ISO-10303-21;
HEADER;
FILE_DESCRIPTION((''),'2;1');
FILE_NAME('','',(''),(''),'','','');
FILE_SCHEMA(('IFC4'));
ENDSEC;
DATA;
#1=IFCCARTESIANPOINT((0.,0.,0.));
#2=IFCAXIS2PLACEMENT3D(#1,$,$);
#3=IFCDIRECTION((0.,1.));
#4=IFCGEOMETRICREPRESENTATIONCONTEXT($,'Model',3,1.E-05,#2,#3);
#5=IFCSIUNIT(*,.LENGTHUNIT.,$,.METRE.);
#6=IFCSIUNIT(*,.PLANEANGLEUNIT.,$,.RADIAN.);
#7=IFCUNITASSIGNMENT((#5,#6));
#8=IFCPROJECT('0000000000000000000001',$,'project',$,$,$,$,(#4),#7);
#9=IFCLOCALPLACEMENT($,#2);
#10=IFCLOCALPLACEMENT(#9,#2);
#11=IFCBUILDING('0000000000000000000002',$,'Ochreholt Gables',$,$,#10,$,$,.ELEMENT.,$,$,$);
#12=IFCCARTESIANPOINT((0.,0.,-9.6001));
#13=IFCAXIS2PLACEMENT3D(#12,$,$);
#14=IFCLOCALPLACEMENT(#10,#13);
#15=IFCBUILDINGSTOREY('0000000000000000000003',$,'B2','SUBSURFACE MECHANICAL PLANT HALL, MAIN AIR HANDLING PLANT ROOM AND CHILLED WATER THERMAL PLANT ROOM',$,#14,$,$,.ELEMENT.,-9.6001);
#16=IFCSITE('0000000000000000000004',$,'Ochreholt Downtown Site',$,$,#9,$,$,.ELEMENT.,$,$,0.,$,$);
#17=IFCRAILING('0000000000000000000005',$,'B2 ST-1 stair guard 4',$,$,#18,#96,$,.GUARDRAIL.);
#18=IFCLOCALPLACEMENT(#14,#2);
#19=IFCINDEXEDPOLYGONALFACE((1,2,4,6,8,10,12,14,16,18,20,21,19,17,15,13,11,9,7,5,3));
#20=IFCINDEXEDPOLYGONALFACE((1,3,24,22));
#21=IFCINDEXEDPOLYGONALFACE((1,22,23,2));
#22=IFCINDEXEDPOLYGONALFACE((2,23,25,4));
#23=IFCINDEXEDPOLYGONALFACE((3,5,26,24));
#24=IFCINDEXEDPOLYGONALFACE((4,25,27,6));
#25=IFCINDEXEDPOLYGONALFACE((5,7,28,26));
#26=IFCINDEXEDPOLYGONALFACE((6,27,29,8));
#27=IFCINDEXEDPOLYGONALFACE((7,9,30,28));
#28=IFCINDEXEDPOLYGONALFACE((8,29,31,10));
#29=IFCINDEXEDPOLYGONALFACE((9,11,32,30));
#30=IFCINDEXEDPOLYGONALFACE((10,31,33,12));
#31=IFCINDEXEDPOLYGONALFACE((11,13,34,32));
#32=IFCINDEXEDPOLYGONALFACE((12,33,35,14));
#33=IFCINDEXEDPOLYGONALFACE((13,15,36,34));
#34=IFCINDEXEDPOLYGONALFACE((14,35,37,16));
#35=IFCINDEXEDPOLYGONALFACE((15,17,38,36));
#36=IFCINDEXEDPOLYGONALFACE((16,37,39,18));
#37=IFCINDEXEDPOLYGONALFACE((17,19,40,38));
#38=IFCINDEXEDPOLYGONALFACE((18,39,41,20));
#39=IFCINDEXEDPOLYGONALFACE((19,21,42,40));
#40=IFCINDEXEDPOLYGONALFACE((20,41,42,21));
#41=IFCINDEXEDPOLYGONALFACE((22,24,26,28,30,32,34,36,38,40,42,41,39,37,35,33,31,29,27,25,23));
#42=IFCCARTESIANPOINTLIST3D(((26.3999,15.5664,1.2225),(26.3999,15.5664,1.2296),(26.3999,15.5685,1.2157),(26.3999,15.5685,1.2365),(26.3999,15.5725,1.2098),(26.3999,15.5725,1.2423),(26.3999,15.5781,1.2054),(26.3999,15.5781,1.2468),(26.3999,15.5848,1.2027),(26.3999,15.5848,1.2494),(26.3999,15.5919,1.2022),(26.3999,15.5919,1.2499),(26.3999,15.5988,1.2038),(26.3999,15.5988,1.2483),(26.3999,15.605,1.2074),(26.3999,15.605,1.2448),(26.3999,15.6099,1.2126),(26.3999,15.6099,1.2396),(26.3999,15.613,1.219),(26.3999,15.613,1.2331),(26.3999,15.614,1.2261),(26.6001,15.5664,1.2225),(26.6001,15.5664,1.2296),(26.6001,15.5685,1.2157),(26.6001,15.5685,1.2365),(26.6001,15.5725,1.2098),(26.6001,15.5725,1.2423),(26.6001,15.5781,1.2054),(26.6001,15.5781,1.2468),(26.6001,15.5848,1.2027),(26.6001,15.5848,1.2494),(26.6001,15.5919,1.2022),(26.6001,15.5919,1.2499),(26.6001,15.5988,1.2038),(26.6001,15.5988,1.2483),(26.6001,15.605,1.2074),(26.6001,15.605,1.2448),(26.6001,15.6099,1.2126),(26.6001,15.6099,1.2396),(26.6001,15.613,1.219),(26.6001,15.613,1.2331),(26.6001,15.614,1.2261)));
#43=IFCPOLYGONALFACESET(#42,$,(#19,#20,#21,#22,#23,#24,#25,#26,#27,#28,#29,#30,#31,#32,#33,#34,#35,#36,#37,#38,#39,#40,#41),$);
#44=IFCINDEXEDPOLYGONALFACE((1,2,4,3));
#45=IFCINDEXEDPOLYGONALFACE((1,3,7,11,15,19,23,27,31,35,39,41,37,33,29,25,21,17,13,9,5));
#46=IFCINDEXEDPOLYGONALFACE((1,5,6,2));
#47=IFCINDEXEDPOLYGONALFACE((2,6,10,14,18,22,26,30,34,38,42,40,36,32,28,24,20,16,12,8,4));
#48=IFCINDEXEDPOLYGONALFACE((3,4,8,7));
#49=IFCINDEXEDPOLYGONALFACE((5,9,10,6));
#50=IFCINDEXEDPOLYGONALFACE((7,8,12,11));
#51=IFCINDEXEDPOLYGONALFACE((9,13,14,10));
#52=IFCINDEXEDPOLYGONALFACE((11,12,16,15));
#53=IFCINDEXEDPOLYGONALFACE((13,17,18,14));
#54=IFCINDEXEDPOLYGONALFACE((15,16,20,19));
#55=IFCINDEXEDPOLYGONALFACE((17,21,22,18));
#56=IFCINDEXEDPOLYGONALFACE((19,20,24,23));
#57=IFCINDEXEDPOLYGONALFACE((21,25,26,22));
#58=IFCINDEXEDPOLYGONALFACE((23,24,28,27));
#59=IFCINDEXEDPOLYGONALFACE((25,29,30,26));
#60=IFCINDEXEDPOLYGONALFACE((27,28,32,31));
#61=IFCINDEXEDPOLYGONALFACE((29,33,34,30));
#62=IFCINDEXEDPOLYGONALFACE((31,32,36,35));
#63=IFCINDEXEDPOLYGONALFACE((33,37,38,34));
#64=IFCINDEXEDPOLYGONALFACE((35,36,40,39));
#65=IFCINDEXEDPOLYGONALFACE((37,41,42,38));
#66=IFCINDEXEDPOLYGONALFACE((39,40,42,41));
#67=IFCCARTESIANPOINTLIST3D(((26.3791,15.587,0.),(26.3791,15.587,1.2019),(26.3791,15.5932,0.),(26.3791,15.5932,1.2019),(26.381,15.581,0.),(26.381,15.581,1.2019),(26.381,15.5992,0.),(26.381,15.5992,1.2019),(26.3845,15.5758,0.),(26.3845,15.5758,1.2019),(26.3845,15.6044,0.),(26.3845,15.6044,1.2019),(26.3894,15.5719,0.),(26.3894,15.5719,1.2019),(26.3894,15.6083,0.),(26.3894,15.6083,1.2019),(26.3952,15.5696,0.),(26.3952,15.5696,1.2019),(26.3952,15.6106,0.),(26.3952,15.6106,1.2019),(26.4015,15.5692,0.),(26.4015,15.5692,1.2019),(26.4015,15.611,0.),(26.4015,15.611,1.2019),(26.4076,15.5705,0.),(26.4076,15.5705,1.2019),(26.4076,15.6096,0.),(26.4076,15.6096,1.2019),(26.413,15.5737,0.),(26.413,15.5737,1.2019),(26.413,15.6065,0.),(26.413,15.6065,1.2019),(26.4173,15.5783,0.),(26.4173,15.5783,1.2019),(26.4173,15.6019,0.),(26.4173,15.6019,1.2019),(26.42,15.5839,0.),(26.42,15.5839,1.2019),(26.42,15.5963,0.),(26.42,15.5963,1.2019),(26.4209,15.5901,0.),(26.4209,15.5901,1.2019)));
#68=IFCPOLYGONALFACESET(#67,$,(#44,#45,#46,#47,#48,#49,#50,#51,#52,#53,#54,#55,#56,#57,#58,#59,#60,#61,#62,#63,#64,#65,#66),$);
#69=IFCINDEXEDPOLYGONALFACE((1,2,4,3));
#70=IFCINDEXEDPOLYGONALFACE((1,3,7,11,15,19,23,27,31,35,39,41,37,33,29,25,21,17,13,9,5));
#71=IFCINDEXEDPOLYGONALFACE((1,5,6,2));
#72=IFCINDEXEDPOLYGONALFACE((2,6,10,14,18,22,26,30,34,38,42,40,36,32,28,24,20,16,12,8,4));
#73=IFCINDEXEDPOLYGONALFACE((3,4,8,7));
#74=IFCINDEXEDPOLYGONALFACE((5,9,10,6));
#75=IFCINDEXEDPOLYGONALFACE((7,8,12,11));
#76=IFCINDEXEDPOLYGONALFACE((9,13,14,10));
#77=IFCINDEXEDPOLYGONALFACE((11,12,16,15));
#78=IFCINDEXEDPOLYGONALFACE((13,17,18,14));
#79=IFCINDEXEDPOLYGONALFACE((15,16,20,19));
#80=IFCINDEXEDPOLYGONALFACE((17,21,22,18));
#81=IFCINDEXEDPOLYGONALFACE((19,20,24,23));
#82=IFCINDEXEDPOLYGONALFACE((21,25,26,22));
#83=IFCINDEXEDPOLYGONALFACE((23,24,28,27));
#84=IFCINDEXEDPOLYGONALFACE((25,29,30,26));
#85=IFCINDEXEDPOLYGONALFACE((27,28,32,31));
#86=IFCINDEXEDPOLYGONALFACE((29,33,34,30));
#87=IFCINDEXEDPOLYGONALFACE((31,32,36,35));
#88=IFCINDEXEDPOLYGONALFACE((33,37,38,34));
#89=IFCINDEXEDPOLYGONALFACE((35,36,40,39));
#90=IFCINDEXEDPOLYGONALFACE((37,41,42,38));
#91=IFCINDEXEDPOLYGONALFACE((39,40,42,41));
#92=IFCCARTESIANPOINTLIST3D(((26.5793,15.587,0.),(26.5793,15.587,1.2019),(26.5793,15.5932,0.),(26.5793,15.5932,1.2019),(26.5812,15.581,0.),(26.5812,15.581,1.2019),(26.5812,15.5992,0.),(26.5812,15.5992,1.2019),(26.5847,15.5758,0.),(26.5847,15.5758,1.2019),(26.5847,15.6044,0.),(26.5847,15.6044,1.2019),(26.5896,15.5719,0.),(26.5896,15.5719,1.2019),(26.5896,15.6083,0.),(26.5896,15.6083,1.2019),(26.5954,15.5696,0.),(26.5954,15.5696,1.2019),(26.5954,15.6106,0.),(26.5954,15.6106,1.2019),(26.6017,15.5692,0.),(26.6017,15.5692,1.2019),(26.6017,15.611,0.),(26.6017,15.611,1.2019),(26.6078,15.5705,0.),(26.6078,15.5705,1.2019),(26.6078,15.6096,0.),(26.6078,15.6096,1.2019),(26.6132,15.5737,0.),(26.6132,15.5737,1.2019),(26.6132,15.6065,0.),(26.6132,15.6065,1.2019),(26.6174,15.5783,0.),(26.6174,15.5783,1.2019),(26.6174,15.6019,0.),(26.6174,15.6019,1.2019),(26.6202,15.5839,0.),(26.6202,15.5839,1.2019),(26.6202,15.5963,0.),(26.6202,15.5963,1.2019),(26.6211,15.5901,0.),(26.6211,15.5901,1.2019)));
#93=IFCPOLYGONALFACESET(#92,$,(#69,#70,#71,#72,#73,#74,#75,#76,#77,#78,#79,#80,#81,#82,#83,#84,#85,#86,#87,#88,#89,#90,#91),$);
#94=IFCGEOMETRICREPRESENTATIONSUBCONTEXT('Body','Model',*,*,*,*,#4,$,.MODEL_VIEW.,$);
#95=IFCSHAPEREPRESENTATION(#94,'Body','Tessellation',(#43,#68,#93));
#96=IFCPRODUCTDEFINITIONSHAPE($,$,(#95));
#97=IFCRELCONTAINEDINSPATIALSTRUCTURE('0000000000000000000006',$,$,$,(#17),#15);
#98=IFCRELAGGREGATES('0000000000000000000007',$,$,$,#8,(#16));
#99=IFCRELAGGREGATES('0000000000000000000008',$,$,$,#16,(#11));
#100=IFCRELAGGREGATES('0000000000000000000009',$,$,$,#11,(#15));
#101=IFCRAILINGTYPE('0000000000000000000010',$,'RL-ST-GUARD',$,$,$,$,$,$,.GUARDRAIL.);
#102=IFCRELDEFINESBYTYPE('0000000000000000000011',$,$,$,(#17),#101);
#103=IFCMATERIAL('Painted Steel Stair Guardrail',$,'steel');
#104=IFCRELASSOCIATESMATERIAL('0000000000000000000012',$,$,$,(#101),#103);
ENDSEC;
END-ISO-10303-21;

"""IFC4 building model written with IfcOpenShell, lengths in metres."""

from ifc_helpers import new_model, si_unit, direction, frame, origin, origin_2d, place, context, subcontext, project, spatial, circle, extrude, material, type_object, element, save


model = new_model("IFC4")

# Units and contexts
model_context = context("Model", 3, precision=1e-05, world=origin(), true_north=direction((0.0, 1.0)))
body_context = subcontext(model_context, "Body", "Model", "MODEL_VIEW")
ifc_project = project(units=[si_unit("LENGTHUNIT", "METRE"), si_unit("PLANEANGLEUNIT", "RADIAN")], contexts=[model_context])

# Site, building, storey
site_placement = place(None, origin())
site = spatial("IfcSite", under=ifc_project, at=site_placement, Name="Ochreholt Downtown Site", CompositionType="ELEMENT", RefElevation=0.0)
building_placement = place(site_placement, origin())
building = spatial("IfcBuilding", under=site, at=building_placement, Name="Ochreholt Gables", CompositionType="ELEMENT")
storey_placement = place(building_placement, frame((0.0, 0.0, -9.6001)))
storey = spatial("IfcBuildingStorey", under=building, at=storey_placement, Name="B2", Description="SUBSURFACE MECHANICAL PLANT HALL, MAIN AIR HANDLING PLANT ROOM AND CHILLED WATER THERMAL PLANT ROOM", CompositionType="ELEMENT", Elevation=-9.6001)

# Railing
ifc_material_1 = material(Name="Painted Steel Stair Guardrail", Category="steel")
railing_type_1 = type_object("IfcRailingType", Name="RL-ST-GUARD", PredefinedType="GUARDRAIL", material=ifc_material_1)
railing_1_placement = place(storey_placement, frame((26.3999, 15.5901, 0.0)))
element("IfcRailing", 1, at=railing_1_placement, inside=storey, type_object=railing_type_1, Name="B2 ST-1 stair guard 4", PredefinedType="GUARDRAIL", context=body_context, shape_type="SweptSolid", body=[
    extrude(circle(Radius=0.0239, at=origin_2d()), frame((0.0, 0.0, 1.2261), z_axis=(1.0, 0.0, 0.0), x_axis=(0.0, 1.0, 0.0)), (0.0, 0.0, 1.0), 0.2002),
    extrude(circle(Radius=0.021, at=origin_2d()), origin(), (0.0, 0.0, 1.0), 1.2019),
    extrude(circle(Radius=0.021, at=origin_2d()), frame((0.2002, 0.0, 0.0)), (0.0, 0.0, 1.0), 1.2019),
])

save(model, "model.ifc")
